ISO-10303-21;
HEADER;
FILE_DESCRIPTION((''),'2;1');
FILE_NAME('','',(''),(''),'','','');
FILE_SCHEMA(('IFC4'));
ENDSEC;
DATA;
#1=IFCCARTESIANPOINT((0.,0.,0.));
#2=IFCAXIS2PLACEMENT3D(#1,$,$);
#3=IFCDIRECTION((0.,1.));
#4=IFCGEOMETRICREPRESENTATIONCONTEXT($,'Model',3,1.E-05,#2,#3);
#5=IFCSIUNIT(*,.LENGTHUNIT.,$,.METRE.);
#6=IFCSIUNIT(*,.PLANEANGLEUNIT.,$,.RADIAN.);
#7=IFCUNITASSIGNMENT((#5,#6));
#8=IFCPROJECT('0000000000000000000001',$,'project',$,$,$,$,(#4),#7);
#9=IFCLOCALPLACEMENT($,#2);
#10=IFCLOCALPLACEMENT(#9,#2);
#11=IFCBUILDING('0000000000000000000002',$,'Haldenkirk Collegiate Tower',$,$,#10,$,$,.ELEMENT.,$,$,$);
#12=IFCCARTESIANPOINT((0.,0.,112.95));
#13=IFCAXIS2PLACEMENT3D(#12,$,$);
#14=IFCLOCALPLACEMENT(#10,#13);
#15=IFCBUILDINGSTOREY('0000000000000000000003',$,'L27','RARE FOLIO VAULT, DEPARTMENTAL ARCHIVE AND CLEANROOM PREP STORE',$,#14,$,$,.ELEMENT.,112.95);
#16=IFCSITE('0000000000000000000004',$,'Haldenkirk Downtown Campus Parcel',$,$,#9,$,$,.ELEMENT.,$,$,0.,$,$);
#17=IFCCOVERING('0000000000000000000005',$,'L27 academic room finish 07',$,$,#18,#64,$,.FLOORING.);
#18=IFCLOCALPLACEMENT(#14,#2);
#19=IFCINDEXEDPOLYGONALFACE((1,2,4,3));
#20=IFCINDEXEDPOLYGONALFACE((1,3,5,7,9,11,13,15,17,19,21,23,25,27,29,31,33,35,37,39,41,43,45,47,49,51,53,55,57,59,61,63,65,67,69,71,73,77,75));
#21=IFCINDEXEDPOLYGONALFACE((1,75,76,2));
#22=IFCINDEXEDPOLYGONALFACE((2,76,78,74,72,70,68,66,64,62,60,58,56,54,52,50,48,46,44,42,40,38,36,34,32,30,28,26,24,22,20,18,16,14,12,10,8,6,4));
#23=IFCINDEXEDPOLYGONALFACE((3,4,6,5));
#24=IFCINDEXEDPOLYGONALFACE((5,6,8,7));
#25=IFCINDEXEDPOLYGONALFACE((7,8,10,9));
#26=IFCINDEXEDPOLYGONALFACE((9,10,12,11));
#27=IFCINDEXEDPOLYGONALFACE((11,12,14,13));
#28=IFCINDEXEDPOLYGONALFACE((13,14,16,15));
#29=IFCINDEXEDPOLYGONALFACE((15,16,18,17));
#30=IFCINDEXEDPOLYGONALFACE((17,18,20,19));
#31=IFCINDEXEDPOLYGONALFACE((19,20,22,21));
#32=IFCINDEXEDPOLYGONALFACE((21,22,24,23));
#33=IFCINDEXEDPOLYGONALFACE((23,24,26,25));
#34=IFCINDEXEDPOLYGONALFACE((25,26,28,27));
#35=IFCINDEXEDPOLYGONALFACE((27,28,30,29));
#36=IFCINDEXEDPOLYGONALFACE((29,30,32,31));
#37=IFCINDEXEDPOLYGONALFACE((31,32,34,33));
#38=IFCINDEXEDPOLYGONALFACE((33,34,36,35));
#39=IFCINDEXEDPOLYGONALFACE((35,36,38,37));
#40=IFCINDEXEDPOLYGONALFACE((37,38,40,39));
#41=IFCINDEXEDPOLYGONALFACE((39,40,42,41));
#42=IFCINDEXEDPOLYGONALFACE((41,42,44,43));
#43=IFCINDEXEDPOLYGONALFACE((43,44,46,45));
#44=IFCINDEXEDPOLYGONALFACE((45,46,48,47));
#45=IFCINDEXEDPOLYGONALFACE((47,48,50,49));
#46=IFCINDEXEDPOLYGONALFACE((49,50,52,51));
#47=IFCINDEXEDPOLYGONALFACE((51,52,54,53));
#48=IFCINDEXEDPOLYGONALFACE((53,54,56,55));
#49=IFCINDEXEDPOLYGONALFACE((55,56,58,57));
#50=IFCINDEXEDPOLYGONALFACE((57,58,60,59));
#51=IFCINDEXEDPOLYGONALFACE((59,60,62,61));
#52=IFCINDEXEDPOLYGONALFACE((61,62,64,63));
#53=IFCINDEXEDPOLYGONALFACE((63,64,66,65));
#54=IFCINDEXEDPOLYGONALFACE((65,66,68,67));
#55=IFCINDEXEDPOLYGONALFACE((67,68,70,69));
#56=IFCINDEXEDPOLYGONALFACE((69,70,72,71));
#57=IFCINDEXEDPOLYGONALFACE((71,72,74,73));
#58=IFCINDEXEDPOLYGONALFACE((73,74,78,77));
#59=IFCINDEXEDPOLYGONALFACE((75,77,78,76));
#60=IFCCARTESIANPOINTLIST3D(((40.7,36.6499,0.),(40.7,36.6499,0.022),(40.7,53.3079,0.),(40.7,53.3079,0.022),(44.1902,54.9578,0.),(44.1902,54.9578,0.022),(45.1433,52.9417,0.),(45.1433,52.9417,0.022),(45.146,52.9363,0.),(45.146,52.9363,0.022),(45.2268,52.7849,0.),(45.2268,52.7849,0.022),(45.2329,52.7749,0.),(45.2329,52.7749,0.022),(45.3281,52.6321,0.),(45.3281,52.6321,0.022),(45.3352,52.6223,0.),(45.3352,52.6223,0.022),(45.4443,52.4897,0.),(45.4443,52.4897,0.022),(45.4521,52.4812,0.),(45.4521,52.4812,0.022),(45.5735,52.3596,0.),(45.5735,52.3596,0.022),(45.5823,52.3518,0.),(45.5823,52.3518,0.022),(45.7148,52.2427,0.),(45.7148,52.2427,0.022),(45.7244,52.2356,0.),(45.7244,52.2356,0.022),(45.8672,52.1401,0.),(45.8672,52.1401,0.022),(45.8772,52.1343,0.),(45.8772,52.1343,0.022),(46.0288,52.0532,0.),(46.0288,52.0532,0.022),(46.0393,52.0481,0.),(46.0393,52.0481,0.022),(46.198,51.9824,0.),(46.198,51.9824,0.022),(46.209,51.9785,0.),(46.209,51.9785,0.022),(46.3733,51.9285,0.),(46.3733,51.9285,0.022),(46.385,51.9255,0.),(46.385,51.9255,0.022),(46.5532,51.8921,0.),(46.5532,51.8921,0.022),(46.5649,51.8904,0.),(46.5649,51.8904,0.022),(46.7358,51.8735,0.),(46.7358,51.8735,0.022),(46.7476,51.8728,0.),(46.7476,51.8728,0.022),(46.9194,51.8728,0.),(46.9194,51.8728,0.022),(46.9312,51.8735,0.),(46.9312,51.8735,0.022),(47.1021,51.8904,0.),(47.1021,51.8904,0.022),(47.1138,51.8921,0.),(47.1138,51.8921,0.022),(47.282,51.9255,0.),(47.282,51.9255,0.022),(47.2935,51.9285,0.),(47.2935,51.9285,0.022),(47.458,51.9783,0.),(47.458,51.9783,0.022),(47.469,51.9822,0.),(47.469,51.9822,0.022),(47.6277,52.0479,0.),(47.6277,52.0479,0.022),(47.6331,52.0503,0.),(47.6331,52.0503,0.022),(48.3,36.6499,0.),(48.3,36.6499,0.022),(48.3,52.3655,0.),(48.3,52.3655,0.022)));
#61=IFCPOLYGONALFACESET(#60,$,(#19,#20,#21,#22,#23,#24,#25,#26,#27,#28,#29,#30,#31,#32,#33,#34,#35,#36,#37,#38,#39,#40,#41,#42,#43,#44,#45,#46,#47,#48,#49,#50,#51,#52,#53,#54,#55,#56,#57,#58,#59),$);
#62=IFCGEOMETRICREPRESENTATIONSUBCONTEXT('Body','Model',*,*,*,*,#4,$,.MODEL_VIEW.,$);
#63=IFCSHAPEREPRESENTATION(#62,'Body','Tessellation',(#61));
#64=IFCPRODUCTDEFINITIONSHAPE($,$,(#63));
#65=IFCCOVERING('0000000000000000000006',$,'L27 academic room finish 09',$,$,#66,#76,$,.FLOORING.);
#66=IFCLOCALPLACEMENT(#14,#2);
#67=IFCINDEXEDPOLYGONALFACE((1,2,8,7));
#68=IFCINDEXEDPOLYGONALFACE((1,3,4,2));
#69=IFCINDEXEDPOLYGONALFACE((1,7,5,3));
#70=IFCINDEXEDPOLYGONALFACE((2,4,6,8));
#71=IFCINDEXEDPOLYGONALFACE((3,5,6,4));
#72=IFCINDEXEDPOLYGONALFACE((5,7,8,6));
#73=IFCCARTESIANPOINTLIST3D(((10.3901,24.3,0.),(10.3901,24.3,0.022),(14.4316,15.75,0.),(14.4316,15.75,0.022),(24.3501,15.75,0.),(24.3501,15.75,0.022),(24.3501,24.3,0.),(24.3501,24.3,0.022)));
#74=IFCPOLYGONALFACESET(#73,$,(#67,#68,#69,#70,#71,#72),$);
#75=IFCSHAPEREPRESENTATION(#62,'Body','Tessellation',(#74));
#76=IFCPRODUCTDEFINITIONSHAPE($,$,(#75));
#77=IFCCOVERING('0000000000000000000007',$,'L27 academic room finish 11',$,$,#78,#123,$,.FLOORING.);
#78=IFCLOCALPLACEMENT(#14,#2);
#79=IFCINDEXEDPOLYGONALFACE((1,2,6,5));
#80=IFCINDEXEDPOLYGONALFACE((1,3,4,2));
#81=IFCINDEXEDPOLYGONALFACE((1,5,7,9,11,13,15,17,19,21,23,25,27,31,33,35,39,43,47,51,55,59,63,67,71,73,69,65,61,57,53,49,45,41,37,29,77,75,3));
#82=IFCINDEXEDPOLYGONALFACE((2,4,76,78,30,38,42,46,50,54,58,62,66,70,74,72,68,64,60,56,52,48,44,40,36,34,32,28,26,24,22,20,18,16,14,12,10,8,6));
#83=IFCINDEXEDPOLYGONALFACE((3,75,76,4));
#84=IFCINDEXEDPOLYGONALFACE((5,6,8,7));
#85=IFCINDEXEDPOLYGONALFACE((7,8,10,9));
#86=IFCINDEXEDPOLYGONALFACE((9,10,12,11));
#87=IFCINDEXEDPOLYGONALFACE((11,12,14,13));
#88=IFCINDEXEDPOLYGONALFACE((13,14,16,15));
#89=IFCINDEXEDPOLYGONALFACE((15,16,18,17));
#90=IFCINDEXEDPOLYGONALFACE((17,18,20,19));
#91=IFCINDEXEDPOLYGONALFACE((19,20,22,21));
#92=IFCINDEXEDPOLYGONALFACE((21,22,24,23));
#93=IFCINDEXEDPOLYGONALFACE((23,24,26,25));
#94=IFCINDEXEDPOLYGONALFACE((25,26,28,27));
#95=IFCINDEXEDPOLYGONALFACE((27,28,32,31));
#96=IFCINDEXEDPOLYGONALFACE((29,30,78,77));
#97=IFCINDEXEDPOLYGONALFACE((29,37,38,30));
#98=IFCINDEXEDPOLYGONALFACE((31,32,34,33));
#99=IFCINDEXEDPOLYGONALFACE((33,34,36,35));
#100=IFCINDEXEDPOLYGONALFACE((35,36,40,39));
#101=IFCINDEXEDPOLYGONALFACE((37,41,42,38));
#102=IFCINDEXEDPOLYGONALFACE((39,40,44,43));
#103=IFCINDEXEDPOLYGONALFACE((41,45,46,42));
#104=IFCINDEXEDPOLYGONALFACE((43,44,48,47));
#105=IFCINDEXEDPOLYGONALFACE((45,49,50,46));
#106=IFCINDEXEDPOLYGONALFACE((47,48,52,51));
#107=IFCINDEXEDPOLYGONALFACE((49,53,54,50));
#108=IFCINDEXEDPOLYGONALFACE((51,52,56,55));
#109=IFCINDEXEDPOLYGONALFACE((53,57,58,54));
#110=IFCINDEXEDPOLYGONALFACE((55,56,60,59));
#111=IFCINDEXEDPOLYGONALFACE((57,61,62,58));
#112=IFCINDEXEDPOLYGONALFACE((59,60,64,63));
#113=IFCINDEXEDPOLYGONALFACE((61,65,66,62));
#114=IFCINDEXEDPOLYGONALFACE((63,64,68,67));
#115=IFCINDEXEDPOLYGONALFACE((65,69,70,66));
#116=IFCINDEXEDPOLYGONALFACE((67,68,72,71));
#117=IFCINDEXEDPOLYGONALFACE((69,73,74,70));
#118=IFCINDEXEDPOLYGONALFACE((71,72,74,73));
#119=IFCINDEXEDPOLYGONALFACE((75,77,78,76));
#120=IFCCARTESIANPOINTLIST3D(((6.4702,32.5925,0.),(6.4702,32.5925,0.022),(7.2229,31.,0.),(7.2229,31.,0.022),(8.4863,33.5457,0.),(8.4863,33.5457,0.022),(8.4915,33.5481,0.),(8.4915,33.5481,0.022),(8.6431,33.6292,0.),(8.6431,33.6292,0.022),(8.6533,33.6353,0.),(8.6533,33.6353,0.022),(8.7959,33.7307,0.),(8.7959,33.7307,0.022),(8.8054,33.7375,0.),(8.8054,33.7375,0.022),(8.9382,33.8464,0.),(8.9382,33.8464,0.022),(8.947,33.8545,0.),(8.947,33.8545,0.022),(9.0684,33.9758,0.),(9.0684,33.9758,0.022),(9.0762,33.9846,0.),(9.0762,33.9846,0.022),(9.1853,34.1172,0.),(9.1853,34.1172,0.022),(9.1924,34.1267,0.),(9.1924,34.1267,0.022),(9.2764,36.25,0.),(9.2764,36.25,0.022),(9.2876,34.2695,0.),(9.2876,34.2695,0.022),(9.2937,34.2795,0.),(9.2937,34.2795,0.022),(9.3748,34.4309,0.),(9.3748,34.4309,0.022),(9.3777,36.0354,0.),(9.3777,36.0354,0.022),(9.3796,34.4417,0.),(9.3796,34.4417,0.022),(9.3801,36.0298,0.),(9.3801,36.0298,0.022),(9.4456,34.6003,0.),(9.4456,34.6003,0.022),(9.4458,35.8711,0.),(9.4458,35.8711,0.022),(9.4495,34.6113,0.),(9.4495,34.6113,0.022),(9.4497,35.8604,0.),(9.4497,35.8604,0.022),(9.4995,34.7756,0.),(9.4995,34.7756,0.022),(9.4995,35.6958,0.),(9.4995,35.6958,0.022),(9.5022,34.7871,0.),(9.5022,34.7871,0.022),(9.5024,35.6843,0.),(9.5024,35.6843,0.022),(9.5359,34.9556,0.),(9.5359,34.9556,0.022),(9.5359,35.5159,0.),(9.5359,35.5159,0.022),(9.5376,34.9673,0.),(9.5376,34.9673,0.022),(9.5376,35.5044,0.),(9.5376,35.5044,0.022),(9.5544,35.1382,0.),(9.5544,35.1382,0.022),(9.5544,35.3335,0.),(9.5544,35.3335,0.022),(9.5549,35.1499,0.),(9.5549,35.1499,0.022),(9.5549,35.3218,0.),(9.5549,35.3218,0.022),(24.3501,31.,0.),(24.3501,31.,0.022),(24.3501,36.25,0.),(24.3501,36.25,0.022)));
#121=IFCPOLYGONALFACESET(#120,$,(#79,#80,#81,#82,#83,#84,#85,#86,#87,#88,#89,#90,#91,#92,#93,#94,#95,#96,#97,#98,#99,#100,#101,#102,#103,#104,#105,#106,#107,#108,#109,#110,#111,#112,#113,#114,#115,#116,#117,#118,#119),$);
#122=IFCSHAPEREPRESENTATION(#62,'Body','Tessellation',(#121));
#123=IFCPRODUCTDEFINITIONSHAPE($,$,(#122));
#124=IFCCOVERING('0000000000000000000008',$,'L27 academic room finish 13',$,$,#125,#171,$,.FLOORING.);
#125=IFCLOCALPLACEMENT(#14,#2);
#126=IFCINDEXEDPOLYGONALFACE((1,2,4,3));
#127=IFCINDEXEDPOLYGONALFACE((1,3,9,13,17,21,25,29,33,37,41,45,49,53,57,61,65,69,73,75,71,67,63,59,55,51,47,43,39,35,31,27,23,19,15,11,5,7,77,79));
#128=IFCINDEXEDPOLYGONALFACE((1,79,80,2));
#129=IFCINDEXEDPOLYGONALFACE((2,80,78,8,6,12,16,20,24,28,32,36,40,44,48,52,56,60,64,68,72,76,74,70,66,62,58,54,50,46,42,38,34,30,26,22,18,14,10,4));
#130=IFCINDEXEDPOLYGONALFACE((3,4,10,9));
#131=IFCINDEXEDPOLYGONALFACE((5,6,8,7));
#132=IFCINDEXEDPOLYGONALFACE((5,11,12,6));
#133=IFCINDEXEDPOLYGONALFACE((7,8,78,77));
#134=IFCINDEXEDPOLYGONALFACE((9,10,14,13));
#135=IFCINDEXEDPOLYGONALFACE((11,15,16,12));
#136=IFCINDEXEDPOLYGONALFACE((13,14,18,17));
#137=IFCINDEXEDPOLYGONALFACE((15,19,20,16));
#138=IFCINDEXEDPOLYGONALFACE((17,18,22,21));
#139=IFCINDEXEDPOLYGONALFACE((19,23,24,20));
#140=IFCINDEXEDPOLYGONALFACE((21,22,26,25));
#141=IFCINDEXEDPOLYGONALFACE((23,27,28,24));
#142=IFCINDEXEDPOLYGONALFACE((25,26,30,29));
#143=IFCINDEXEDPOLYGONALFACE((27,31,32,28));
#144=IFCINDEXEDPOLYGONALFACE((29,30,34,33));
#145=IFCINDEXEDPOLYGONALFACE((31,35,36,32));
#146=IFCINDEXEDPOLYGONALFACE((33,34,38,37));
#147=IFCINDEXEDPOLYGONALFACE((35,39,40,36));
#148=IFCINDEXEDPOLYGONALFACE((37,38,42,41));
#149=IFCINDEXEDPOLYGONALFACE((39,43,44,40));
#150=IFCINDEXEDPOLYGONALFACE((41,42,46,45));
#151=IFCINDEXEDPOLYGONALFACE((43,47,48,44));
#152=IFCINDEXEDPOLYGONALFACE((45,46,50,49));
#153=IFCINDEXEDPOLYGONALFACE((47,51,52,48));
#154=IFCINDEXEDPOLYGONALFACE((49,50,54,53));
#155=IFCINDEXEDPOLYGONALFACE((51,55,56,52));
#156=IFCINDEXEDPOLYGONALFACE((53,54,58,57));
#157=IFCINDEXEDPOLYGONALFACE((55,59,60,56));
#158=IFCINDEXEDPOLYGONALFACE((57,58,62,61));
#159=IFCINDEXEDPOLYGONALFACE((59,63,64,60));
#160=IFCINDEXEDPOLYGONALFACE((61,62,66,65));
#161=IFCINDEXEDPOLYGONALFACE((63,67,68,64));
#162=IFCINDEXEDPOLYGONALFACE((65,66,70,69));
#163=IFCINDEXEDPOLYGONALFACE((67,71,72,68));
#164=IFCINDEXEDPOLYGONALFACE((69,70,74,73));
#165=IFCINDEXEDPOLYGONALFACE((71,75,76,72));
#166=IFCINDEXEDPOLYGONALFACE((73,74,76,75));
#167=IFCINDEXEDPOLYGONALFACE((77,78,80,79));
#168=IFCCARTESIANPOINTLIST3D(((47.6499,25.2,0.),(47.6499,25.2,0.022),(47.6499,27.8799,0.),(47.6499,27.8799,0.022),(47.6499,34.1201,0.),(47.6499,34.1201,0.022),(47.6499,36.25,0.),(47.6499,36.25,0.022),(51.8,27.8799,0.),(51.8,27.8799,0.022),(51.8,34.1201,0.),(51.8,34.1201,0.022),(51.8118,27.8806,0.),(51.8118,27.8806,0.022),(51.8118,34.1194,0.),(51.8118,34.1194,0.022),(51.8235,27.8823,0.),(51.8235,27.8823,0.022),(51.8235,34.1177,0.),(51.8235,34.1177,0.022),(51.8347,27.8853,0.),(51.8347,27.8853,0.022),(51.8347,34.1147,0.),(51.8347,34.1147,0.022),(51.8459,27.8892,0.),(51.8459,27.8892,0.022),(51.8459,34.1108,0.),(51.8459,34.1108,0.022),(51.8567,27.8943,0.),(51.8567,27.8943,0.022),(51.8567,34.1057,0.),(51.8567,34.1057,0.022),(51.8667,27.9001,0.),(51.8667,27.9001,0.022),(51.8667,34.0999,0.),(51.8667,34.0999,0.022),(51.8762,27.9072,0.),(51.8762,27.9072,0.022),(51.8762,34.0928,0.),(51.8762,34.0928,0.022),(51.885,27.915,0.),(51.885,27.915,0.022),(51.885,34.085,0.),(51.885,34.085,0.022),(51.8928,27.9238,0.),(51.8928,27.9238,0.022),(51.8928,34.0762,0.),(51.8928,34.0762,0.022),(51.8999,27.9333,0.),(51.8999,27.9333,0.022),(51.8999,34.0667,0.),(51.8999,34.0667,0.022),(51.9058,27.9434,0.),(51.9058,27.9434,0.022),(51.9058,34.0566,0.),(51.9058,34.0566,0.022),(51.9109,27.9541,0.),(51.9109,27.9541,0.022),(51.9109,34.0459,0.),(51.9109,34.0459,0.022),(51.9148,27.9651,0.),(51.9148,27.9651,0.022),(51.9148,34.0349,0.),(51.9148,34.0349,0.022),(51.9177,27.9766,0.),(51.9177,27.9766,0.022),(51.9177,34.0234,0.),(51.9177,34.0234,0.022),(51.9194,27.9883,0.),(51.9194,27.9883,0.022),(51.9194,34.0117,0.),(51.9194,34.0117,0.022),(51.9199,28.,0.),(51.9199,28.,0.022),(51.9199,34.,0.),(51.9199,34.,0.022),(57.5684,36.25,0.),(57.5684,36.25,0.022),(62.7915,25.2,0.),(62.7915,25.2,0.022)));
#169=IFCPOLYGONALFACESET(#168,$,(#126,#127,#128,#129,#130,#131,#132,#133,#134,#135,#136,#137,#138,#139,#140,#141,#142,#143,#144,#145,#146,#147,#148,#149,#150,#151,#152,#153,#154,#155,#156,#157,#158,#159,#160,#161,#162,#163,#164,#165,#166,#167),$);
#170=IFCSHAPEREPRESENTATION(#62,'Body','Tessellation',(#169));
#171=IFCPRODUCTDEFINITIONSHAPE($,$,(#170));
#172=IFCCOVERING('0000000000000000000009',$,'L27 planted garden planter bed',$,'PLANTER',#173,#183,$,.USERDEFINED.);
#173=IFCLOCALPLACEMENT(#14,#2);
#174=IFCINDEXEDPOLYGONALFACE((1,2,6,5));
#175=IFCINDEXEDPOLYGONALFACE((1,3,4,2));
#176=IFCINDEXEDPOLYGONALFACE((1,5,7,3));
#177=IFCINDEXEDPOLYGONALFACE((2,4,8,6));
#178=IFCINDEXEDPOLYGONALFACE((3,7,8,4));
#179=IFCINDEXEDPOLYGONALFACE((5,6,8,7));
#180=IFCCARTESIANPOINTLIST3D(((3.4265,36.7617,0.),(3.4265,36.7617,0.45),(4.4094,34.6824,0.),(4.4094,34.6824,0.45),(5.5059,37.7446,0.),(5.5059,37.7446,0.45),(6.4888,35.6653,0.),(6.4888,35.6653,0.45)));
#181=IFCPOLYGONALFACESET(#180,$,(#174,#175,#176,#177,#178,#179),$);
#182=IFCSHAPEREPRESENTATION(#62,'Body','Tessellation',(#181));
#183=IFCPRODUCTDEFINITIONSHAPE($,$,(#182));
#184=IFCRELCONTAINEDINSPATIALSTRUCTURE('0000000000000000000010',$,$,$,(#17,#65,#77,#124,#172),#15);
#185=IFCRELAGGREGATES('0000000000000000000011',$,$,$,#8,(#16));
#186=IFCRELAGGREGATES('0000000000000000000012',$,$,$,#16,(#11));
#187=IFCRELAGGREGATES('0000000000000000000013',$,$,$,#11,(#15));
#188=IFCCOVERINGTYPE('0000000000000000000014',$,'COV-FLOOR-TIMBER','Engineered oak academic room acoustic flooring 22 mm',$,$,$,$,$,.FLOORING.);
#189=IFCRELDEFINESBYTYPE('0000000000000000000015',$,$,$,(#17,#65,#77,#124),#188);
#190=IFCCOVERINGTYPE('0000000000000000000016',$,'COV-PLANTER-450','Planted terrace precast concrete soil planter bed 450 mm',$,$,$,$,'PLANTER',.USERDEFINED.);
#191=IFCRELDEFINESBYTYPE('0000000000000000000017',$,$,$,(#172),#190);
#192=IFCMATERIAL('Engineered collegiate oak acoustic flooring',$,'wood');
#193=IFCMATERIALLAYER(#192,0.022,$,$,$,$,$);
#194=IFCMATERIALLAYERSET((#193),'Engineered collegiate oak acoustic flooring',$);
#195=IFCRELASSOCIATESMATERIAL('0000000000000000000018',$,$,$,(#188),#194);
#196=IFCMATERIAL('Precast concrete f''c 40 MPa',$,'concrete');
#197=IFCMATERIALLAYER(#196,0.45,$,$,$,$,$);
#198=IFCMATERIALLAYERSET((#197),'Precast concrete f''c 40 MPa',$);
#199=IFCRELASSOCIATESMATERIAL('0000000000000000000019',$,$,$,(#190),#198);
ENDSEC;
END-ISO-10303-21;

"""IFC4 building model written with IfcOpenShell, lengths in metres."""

from ifc_helpers import new_model, si_unit, direction, frame, origin, place, context, subcontext, project, spatial, polyline, outline, extrude, material, layer, layer_set, type_object, element, save


model = new_model("IFC4")

# Units and contexts
model_context = context("Model", 3, precision=1e-05, world=origin(), true_north=direction((0.0, 1.0)))
body_context = subcontext(model_context, "Body", "Model", "MODEL_VIEW")
ifc_project = project(units=[si_unit("LENGTHUNIT", "METRE"), si_unit("PLANEANGLEUNIT", "RADIAN")], contexts=[model_context])

# Site, building, storey
site_placement = place(None, origin())
site = spatial("IfcSite", under=ifc_project, at=site_placement, Name="Haldenkirk Downtown Campus Parcel", CompositionType="ELEMENT", RefElevation=0.0)
building_placement = place(site_placement, origin())
building = spatial("IfcBuilding", under=site, at=building_placement, Name="Haldenkirk Collegiate Tower", CompositionType="ELEMENT")
storey_placement = place(building_placement, frame((0.0, 0.0, 112.95)))
storey = spatial("IfcBuildingStorey", under=building, at=storey_placement, Name="L27", Description="RARE FOLIO VAULT, DEPARTMENTAL ARCHIVE AND CLEANROOM PREP STORE", CompositionType="ELEMENT", Elevation=112.95)

# Coverings
ifc_material_1 = material(Name="Engineered collegiate oak acoustic flooring", Category="wood")
ifc_layer_1 = layer(ifc_material_1, 0.022)
ifc_layer_set_1 = layer_set([ifc_layer_1], Name="Engineered collegiate oak acoustic flooring")
covering_type_1 = type_object("IfcCoveringType", Name="COV-FLOOR-TIMBER", Description="Engineered oak academic room acoustic flooring 22 mm", PredefinedType="FLOORING", material=ifc_layer_set_1)
covering_1_placement = place(storey_placement, origin())
element("IfcCovering", 1, at=covering_1_placement, inside=storey, type_object=covering_type_1, Name="L27 academic room finish 07", PredefinedType="FLOORING", context=body_context, shape_type="SweptSolid", body=[
    extrude(outline(polyline([(44.1902, 54.9578), (45.1433, 52.9417), (45.146, 52.9363), (45.2268, 52.7849), (45.2329, 52.7749), (45.3281, 52.6321), (45.3352, 52.6223), (45.4443, 52.4897), (45.4521, 52.4812), (45.5735, 52.3596), (45.5823, 52.3518), (45.7148, 52.2427), (45.7244, 52.2356), (45.8672, 52.1401), (45.8772, 52.1343), (46.0288, 52.0532), (46.0393, 52.0481), (46.198, 51.9824), (46.209, 51.9785), (46.3733, 51.9285), (46.385, 51.9255), (46.5532, 51.8921), (46.5649, 51.8904), (46.7358, 51.8735), (46.7476, 51.8728), (46.9194, 51.8728), (46.9312, 51.8735), (47.1021, 51.8904), (47.1138, 51.8921), (47.282, 51.9255), (47.2935, 51.9285), (47.458, 51.9783), (47.469, 51.9822), (47.6277, 52.0479), (47.6331, 52.0503), (48.3, 52.3655), (48.3, 36.6499), (40.7, 36.6499), (40.7, 53.3079), (44.1902, 54.9578)])), origin(), (0.0, 0.0, 1.0), 0.022),
])
covering_2_placement = place(storey_placement, origin())
element("IfcCovering", 2, at=covering_2_placement, inside=storey, type_object=covering_type_1, Name="L27 academic room finish 09", PredefinedType="FLOORING", context=body_context, shape_type="SweptSolid", body=[
    extrude(outline(polyline([(10.3901, 24.3), (24.3501, 24.3), (24.3501, 15.75), (14.4316, 15.75), (10.3901, 24.3)])), origin(), (0.0, 0.0, 1.0), 0.022),
])
covering_3_placement = place(storey_placement, origin())
element("IfcCovering", 3, at=covering_3_placement, inside=storey, type_object=covering_type_1, Name="L27 academic room finish 11", PredefinedType="FLOORING", context=body_context, shape_type="SweptSolid", body=[
    extrude(outline(polyline([(8.4863, 33.5457), (8.4915, 33.5481), (8.6431, 33.6292), (8.6533, 33.6353), (8.7959, 33.7307), (8.8054, 33.7375), (8.9382, 33.8464), (8.947, 33.8545), (9.0684, 33.9758), (9.0762, 33.9846), (9.1853, 34.1172), (9.1924, 34.1267), (9.2876, 34.2695), (9.2937, 34.2795), (9.3748, 34.4309), (9.3796, 34.4417), (9.4456, 34.6003), (9.4495, 34.6113), (9.4995, 34.7756), (9.5022, 34.7871), (9.5359, 34.9556), (9.5376, 34.9673), (9.5544, 35.1382), (9.5549, 35.1499), (9.5549, 35.3218), (9.5544, 35.3335), (9.5376, 35.5044), (9.5359, 35.5159), (9.5024, 35.6843), (9.4995, 35.6958), (9.4497, 35.8604), (9.4458, 35.8711), (9.3801, 36.0298), (9.3777, 36.0354), (9.2764, 36.25), (24.3501, 36.25), (24.3501, 31.0), (7.2229, 31.0), (6.4702, 32.5925), (8.4863, 33.5457)])), origin(), (0.0, 0.0, 1.0), 0.022),
])
covering_4_placement = place(storey_placement, origin())
element("IfcCovering", 4, at=covering_4_placement, inside=storey, type_object=covering_type_1, Name="L27 academic room finish 13", PredefinedType="FLOORING", context=body_context, shape_type="SweptSolid", body=[
    extrude(outline(polyline([(51.8, 27.8799), (51.8118, 27.8806), (51.8235, 27.8823), (51.8347, 27.8853), (51.8459, 27.8892), (51.8567, 27.8943), (51.8667, 27.9001), (51.8762, 27.9072), (51.885, 27.915), (51.8928, 27.9238), (51.8999, 27.9333), (51.9058, 27.9434), (51.9109, 27.9541), (51.9148, 27.9651), (51.9177, 27.9766), (51.9194, 27.9883), (51.9199, 28.0), (51.9199, 34.0), (51.9194, 34.0117), (51.9177, 34.0234), (51.9148, 34.0349), (51.9109, 34.0459), (51.9058, 34.0566), (51.8999, 34.0667), (51.8928, 34.0762), (51.885, 34.085), (51.8762, 34.0928), (51.8667, 34.0999), (51.8567, 34.1057), (51.8459, 34.1108), (51.8347, 34.1147), (51.8235, 34.1177), (51.8118, 34.1194), (51.8, 34.1201), (47.6499, 34.1201), (47.6499, 36.25), (57.5684, 36.25), (62.7915, 25.2), (47.6499, 25.2), (47.6499, 27.8799), (51.8, 27.8799)])), origin(), (0.0, 0.0, 1.0), 0.022),
])
ifc_material_2 = material(Name="Precast concrete f'c 40 MPa", Category="concrete")
ifc_layer_2 = layer(ifc_material_2, 0.45)
ifc_layer_set_2 = layer_set([ifc_layer_2], Name="Precast concrete f'c 40 MPa")
covering_type_2 = type_object("IfcCoveringType", Name="COV-PLANTER-450", Description="Planted terrace precast concrete soil planter bed 450 mm", ElementType="PLANTER", PredefinedType="USERDEFINED", material=ifc_layer_set_2)
covering_5_placement = place(storey_placement, origin())
element("IfcCovering", 5, at=covering_5_placement, inside=storey, type_object=covering_type_2, Name="L27 planted garden planter bed", ObjectType="PLANTER", PredefinedType="USERDEFINED", context=body_context, shape_type="SweptSolid", body=[
    extrude(outline(polyline([(4.4094, 34.6824), (3.4265, 36.7617), (5.5059, 37.7446), (6.4888, 35.6653), (4.4094, 34.6824)])), origin(), (0.0, 0.0, 1.0), 0.45),
])

save(model, "model.ifc")
